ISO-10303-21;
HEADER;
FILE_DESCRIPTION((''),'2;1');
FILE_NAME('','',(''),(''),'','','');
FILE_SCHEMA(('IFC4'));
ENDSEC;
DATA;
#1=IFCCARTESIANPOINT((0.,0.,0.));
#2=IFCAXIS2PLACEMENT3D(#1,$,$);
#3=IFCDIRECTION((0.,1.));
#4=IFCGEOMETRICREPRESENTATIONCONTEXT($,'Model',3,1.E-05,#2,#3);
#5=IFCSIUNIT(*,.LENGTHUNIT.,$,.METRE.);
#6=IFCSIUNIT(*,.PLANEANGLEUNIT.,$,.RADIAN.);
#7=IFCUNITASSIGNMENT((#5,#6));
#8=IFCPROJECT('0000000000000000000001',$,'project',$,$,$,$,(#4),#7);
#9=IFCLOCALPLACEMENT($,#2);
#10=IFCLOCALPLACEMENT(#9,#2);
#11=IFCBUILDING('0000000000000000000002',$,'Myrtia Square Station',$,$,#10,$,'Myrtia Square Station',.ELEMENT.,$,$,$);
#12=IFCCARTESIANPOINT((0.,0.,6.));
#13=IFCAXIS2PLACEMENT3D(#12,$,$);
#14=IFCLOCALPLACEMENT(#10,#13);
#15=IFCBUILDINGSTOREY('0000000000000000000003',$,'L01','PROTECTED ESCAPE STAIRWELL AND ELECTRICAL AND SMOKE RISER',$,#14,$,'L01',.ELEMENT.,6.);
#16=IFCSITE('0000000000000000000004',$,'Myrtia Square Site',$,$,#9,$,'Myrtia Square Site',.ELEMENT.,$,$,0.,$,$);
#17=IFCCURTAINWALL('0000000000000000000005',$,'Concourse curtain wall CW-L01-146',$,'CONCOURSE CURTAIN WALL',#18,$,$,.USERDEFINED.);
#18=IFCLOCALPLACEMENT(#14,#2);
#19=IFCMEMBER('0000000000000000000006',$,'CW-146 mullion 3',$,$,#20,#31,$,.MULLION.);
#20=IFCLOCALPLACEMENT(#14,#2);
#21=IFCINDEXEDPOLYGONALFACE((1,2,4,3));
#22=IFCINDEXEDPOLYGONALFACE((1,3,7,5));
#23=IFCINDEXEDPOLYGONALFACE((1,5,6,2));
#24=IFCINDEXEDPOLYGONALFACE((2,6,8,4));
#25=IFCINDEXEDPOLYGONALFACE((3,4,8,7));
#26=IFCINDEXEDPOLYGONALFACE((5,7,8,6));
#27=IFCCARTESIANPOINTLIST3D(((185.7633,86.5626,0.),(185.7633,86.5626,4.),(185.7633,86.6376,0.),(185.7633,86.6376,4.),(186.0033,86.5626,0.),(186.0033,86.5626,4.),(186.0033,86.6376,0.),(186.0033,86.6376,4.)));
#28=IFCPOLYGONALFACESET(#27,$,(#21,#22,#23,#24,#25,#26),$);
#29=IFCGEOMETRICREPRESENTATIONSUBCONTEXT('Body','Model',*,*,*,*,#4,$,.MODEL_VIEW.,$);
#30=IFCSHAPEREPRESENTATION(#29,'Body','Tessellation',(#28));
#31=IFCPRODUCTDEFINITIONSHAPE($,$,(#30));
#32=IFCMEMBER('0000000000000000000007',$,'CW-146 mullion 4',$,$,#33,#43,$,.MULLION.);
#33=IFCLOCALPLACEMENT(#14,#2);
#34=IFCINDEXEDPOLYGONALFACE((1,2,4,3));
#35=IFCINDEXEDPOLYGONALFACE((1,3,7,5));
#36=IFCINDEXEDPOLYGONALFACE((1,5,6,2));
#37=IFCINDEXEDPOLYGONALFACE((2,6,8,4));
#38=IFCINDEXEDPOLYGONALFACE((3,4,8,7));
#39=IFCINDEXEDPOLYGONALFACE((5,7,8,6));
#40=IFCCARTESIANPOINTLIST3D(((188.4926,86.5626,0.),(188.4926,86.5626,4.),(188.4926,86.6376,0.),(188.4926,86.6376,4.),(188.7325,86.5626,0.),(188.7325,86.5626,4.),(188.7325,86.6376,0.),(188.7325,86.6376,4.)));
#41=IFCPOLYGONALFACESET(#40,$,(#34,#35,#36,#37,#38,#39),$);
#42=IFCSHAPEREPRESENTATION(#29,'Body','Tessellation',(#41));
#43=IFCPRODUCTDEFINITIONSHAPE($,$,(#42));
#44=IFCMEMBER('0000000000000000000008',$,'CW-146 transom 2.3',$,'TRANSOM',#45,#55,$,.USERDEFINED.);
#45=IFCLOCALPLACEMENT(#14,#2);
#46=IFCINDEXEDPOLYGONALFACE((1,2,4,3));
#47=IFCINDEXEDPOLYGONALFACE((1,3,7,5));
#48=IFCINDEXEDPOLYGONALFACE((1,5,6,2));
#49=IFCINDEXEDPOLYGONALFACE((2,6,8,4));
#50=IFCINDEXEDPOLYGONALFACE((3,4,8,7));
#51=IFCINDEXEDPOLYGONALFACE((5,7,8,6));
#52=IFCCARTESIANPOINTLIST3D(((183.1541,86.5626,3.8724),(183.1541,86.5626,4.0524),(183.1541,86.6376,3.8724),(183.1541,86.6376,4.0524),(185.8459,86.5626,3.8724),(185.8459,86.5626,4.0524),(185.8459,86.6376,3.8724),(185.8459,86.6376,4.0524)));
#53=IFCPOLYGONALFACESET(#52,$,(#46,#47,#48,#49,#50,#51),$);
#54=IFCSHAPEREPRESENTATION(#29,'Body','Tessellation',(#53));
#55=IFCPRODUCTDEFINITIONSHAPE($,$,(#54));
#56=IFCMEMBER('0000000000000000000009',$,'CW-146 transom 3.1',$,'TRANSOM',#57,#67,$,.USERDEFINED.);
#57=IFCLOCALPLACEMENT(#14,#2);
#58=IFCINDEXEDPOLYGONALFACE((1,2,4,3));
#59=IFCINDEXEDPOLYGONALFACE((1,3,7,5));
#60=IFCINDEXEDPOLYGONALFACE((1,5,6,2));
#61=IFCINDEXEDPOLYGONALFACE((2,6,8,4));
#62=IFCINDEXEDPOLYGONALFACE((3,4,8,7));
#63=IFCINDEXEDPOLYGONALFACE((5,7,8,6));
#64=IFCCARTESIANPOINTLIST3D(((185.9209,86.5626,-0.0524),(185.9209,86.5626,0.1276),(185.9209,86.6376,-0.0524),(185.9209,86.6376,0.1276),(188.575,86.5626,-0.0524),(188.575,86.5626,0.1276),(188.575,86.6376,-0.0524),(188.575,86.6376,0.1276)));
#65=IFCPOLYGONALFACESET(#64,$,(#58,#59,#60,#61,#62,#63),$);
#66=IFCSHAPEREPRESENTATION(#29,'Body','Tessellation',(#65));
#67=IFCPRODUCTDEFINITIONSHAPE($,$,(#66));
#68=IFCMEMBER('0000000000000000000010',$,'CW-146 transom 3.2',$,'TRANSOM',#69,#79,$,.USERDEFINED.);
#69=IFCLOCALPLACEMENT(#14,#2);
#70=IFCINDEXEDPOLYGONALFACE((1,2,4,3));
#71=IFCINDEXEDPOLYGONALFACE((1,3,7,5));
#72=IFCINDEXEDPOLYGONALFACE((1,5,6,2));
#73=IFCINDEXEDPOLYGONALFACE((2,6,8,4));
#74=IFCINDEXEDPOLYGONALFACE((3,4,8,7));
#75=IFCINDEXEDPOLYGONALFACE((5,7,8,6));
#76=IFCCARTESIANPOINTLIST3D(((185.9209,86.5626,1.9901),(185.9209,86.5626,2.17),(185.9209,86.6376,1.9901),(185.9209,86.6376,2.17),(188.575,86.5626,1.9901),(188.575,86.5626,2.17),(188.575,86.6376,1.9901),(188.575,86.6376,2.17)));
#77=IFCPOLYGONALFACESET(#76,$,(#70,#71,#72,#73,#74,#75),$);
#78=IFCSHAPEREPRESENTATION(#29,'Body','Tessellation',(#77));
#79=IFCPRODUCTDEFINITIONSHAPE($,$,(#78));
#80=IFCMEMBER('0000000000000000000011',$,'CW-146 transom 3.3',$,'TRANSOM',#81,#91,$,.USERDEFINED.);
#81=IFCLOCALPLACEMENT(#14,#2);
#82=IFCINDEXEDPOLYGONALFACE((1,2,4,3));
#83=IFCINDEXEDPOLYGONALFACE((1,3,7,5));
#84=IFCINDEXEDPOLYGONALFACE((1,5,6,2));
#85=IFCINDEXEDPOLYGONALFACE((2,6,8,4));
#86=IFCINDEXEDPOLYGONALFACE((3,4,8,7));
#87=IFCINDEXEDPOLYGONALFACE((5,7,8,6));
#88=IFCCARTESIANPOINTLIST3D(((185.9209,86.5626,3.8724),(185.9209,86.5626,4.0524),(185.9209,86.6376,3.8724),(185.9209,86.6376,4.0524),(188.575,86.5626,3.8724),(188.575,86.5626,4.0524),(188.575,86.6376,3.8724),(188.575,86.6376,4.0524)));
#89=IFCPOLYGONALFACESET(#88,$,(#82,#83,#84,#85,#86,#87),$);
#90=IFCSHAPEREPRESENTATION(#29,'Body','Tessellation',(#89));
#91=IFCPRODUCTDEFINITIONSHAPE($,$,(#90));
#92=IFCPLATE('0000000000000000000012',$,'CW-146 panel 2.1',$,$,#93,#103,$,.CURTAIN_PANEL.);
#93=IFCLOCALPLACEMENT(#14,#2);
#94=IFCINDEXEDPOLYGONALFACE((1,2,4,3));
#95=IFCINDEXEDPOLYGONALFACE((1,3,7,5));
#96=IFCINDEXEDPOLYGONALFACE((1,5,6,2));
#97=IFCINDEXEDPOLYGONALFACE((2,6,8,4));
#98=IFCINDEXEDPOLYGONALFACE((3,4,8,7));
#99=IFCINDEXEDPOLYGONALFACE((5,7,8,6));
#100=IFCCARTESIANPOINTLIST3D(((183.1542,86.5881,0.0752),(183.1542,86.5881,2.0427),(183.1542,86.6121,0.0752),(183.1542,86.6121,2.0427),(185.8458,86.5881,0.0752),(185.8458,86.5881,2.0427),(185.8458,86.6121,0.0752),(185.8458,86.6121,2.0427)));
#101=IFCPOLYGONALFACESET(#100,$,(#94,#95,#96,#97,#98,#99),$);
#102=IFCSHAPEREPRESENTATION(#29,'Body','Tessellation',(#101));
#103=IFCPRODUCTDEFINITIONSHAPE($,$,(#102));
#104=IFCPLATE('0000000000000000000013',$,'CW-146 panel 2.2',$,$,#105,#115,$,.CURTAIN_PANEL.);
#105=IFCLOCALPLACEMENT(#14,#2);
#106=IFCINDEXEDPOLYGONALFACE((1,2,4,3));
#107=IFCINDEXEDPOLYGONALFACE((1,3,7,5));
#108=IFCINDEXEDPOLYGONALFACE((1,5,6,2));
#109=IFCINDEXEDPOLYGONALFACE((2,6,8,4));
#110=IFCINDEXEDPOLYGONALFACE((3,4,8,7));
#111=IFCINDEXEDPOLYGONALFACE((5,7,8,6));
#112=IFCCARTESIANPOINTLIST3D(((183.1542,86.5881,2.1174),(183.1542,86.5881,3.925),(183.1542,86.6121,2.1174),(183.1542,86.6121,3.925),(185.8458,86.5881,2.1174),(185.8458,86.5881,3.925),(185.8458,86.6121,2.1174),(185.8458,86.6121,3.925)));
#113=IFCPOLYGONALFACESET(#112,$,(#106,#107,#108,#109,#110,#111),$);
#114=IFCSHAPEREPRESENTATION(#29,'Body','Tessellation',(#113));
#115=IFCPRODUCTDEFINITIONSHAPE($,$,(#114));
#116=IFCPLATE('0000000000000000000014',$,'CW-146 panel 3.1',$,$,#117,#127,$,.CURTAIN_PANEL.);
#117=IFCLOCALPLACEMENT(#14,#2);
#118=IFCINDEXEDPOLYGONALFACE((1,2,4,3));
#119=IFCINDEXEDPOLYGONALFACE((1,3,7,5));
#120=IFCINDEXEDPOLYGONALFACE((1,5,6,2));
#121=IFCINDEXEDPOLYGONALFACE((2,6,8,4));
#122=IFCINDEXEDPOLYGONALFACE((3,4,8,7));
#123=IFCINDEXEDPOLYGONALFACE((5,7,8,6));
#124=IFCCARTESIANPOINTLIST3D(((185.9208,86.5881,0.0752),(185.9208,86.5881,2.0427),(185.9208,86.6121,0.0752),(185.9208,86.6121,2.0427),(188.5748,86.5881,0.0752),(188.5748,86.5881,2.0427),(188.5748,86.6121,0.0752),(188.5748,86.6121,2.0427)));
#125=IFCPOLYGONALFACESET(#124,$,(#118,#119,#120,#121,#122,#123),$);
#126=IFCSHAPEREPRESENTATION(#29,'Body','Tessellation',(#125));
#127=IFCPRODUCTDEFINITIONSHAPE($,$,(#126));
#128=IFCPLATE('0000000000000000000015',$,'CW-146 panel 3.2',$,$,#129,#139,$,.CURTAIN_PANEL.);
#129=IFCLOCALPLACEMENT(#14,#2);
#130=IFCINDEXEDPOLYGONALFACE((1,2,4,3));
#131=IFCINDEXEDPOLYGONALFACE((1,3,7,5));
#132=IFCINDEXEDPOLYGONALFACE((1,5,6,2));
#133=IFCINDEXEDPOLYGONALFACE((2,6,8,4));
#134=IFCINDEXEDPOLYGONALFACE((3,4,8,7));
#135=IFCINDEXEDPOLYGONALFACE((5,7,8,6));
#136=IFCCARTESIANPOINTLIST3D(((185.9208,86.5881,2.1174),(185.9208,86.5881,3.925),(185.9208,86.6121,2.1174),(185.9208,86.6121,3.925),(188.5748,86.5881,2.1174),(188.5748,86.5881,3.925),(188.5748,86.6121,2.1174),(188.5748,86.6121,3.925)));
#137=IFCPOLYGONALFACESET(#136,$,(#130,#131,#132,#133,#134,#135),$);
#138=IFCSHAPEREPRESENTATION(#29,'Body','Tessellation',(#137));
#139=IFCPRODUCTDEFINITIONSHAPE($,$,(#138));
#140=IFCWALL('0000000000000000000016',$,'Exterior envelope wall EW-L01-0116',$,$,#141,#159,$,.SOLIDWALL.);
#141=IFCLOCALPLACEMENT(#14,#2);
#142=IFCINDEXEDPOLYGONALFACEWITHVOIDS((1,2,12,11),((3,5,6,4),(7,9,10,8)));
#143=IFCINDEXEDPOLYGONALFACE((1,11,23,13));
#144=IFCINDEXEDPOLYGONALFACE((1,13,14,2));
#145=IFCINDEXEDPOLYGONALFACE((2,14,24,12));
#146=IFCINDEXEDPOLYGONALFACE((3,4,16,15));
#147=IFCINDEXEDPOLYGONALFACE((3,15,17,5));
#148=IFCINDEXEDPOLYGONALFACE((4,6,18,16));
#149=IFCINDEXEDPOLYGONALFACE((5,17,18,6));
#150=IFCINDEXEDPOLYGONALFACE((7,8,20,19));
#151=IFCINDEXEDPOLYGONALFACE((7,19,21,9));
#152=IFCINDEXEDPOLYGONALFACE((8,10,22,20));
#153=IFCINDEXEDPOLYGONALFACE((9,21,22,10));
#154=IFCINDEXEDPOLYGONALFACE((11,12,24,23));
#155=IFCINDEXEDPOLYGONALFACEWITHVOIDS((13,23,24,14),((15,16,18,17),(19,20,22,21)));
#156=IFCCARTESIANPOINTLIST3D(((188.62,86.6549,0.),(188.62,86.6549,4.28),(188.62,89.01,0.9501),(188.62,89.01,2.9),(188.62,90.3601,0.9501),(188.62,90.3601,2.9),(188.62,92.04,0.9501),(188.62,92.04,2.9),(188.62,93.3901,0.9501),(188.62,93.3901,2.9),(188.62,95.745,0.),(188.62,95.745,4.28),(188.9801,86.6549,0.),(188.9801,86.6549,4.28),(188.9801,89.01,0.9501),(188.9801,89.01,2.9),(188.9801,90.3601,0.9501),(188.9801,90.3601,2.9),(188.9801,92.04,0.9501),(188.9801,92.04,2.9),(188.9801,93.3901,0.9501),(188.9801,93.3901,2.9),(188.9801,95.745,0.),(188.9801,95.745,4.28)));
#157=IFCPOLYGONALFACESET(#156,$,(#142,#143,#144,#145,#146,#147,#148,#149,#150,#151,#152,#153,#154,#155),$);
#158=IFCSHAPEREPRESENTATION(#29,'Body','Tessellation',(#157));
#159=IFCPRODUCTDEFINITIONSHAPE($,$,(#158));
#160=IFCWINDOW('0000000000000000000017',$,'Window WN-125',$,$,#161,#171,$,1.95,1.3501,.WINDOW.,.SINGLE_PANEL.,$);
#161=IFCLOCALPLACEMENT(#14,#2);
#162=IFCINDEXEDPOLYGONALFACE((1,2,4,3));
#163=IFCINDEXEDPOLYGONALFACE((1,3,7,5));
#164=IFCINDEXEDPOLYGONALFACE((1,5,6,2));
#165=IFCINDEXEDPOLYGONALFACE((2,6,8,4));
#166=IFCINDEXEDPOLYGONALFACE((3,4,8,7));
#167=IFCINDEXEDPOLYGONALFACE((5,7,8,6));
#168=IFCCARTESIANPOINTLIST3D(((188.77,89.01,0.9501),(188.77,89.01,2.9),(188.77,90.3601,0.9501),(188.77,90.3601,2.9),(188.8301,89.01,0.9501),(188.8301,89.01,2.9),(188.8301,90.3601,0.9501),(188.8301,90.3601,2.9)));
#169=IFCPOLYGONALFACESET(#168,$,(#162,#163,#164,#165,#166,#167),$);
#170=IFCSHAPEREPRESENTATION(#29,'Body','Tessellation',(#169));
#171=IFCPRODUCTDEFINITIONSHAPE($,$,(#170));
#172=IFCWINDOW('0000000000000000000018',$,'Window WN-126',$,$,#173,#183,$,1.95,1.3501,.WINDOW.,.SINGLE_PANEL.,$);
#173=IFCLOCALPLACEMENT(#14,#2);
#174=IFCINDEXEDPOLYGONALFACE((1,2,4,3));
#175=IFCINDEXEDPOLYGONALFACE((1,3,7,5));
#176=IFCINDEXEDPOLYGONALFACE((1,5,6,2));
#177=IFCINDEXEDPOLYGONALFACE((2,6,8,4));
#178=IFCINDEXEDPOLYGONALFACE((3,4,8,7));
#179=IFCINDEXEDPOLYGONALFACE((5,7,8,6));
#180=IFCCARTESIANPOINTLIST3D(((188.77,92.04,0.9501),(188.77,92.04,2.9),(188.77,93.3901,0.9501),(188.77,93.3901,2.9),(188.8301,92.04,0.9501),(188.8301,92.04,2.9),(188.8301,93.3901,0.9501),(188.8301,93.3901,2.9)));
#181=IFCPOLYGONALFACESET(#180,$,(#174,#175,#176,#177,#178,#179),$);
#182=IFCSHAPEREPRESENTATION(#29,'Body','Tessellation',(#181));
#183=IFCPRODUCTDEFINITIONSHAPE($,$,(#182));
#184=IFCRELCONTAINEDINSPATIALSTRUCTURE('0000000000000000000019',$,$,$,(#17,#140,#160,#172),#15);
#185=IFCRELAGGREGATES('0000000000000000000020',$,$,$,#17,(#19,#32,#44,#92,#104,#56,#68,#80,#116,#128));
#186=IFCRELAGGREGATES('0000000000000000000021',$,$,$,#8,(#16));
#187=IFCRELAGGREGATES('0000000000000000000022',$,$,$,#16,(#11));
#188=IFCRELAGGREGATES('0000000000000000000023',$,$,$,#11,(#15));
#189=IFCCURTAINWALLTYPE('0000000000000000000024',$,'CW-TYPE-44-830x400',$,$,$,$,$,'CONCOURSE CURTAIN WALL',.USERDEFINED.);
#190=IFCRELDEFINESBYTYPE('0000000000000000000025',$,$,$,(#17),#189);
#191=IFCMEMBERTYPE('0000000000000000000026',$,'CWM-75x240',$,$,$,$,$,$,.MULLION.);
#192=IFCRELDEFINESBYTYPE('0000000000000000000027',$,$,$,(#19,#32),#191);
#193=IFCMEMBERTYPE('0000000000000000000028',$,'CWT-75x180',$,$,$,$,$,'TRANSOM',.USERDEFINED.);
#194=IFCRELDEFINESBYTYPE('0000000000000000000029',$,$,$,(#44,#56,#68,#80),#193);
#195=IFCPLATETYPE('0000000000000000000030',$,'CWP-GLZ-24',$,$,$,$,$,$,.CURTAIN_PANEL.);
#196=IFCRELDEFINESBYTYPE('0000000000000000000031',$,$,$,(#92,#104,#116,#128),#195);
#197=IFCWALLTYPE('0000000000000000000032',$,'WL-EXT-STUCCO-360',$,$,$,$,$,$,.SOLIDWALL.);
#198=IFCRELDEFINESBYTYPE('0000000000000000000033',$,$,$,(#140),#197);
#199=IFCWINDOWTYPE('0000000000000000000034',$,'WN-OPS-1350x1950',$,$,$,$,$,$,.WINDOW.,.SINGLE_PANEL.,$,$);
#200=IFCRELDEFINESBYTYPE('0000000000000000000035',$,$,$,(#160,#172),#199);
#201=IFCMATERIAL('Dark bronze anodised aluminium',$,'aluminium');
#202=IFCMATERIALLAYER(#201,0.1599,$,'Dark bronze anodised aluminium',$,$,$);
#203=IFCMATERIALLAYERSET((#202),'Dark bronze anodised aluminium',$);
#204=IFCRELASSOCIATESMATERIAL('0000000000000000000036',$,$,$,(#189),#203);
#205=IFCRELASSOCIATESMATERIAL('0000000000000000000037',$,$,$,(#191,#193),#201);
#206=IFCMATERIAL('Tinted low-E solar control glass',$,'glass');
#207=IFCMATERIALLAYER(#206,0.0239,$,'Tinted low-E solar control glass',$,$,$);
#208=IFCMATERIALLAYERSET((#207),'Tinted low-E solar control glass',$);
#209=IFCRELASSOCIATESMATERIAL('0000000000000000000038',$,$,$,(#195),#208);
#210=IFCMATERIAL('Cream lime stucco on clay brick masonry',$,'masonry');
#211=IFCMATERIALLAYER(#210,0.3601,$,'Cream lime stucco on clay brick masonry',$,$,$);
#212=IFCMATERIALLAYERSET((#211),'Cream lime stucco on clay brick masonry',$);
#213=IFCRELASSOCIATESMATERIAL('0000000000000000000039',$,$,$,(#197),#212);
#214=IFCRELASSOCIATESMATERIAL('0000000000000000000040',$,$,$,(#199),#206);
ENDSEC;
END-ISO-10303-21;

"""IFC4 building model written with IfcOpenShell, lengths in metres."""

from ifc_helpers import new_model, si_unit, direction, frame, frame_2d, origin, origin_2d, place, context, subcontext, project, spatial, rectangle, extrude, material, layer, layer_set, material_profile, profile_set, type_object, element, fill, aggregate, save


model = new_model("IFC4")

# Units and contexts
model_context = context("Model", 3, precision=1e-05, world=origin(), true_north=direction((0.0, 1.0)))
body_context = subcontext(model_context, "Body", "Model", "MODEL_VIEW")
ifc_project = project(units=[si_unit("LENGTHUNIT", "METRE"), si_unit("PLANEANGLEUNIT", "RADIAN")], contexts=[model_context])

# Site, building, storey
site_placement = place(None, origin())
site = spatial("IfcSite", under=ifc_project, at=site_placement, Name="Myrtia Square Site", LongName="Myrtia Square Site", CompositionType="ELEMENT", RefElevation=0.0)
building_placement = place(site_placement, origin())
building = spatial("IfcBuilding", under=site, at=building_placement, Name="Myrtia Square Station", LongName="Myrtia Square Station", CompositionType="ELEMENT")
storey_placement = place(building_placement, frame((0.0, 0.0, 6.0)))
storey = spatial("IfcBuildingStorey", under=building, at=storey_placement, Name="L01", Description="PROTECTED ESCAPE STAIRWELL AND ELECTRICAL AND SMOKE RISER", LongName="L01", CompositionType="ELEMENT", Elevation=6.0)

# Curtain wall, members, plates
ifc_material_1 = material(Name="Dark bronze anodised aluminium", Category="aluminium")
ifc_layer_1 = layer(ifc_material_1, 0.1599, Name="Dark bronze anodised aluminium")
ifc_layer_set_1 = layer_set([ifc_layer_1], Name="Dark bronze anodised aluminium")
curtain_wall_type = type_object("IfcCurtainWallType", Name="CW-TYPE-44-830x400", ElementType="CONCOURSE CURTAIN WALL", PredefinedType="USERDEFINED", material=ifc_layer_set_1)
curtain_wall_placement = place(storey_placement, origin())
curtain_wall = element("IfcCurtainWall", 1, at=curtain_wall_placement, inside=storey, type_object=curtain_wall_type, Name="Concourse curtain wall CW-L01-146", ObjectType="CONCOURSE CURTAIN WALL", PredefinedType="USERDEFINED")
ifc_material_profile_1 = material_profile(ifc_material_1, rectangle(XDim=0.075, YDim=0.24, at=origin_2d()), Name="ALU-M 75x240")
ifc_profile_set_1 = profile_set([ifc_material_profile_1], Name="Dark bronze anodised aluminium")
member_type_1 = type_object("IfcMemberType", Name="CWM-75x240", PredefinedType="MULLION", material=ifc_profile_set_1)
member_1_placement = place(storey_placement, frame((185.8833, 86.6001, 0.0), z_axis=(0.0, 0.0, 1.0), x_axis=(0.0, 1.0, 0.0)))
member_1 = element("IfcMember", 2, at=member_1_placement, type_object=member_type_1, Name="CW-146 mullion 3", PredefinedType="MULLION", context=body_context, shape_type="SweptSolid", body=[
    extrude(rectangle(XDim=0.075, YDim=0.24, at=origin_2d()), origin(), (0.0, 0.0, 1.0), 4.0),
])
member_2_placement = place(storey_placement, frame((188.6125, 86.6001, 0.0), z_axis=(0.0, 0.0, 1.0), x_axis=(0.0, 1.0, 0.0)))
member_2 = element("IfcMember", 3, at=member_2_placement, type_object=member_type_1, Name="CW-146 mullion 4", PredefinedType="MULLION", context=body_context, shape_type="SweptSolid", body=[
    extrude(rectangle(XDim=0.075, YDim=0.24, at=origin_2d()), origin(), (0.0, 0.0, 1.0), 4.0),
])
ifc_material_profile_2 = material_profile(ifc_material_1, rectangle(XDim=0.075, YDim=0.1799, at=origin_2d()), Name="ALU-T 75x180")
ifc_profile_set_2 = profile_set([ifc_material_profile_2], Name="Dark bronze anodised aluminium")
member_type_2 = type_object("IfcMemberType", Name="CWT-75x180", ElementType="TRANSOM", PredefinedType="USERDEFINED", material=ifc_profile_set_2)
member_3_placement = place(storey_placement, frame((183.1541, 86.6001, 3.9624), z_axis=(1.0, 0.0, 0.0), x_axis=(0.0, 1.0, 0.0)))
member_3 = element("IfcMember", 4, at=member_3_placement, type_object=member_type_2, Name="CW-146 transom 2.3", ObjectType="TRANSOM", PredefinedType="USERDEFINED", context=body_context, shape_type="SweptSolid", body=[
    extrude(rectangle(XDim=0.075, YDim=0.1799, at=origin_2d()), origin(), (0.0, 0.0, 1.0), 2.6919),
])
member_4_placement = place(storey_placement, frame((185.9209, 86.6001, 0.0376), z_axis=(1.0, 0.0, 0.0), x_axis=(0.0, 1.0, 0.0)))
member_4 = element("IfcMember", 5, at=member_4_placement, type_object=member_type_2, Name="CW-146 transom 3.1", ObjectType="TRANSOM", PredefinedType="USERDEFINED", context=body_context, shape_type="SweptSolid", body=[
    extrude(rectangle(XDim=0.075, YDim=0.1799, at=origin_2d()), origin(), (0.0, 0.0, 1.0), 2.6541),
])
member_5_placement = place(storey_placement, frame((185.9209, 86.6001, 2.0801), z_axis=(1.0, 0.0, 0.0), x_axis=(0.0, 1.0, 0.0)))
member_5 = element("IfcMember", 6, at=member_5_placement, type_object=member_type_2, Name="CW-146 transom 3.2", ObjectType="TRANSOM", PredefinedType="USERDEFINED", context=body_context, shape_type="SweptSolid", body=[
    extrude(rectangle(XDim=0.075, YDim=0.1799, at=origin_2d()), origin(), (0.0, 0.0, 1.0), 2.6541),
])
member_6_placement = place(storey_placement, frame((185.9209, 86.6001, 3.9624), z_axis=(1.0, 0.0, 0.0), x_axis=(0.0, 1.0, 0.0)))
member_6 = element("IfcMember", 7, at=member_6_placement, type_object=member_type_2, Name="CW-146 transom 3.3", ObjectType="TRANSOM", PredefinedType="USERDEFINED", context=body_context, shape_type="SweptSolid", body=[
    extrude(rectangle(XDim=0.075, YDim=0.1799, at=origin_2d()), origin(), (0.0, 0.0, 1.0), 2.6541),
])
ifc_material_2 = material(Name="Tinted low-E solar control glass", Category="glass")
ifc_layer_2 = layer(ifc_material_2, 0.0239, Name="Tinted low-E solar control glass")
ifc_layer_set_2 = layer_set([ifc_layer_2], Name="Tinted low-E solar control glass")
plate_type = type_object("IfcPlateType", Name="CWP-GLZ-24", PredefinedType="CURTAIN_PANEL", material=ifc_layer_set_2)
plate_1_placement = place(storey_placement, frame((184.5, 86.6001, 0.0752), z_axis=(0.0, 0.0, 1.0), x_axis=(1.0, 0.0, 0.0)))
plate_1 = element("IfcPlate", 8, at=plate_1_placement, type_object=plate_type, Name="CW-146 panel 2.1", PredefinedType="CURTAIN_PANEL", context=body_context, shape_type="SweptSolid", body=[
    extrude(rectangle(XDim=2.6917, YDim=0.0239, at=origin_2d()), origin(), (0.0, 0.0, 1.0), 1.9675),
])
plate_2_placement = place(storey_placement, frame((184.5, 86.6001, 2.1174), z_axis=(0.0, 0.0, 1.0), x_axis=(1.0, 0.0, 0.0)))
plate_2 = element("IfcPlate", 9, at=plate_2_placement, type_object=plate_type, Name="CW-146 panel 2.2", PredefinedType="CURTAIN_PANEL", context=body_context, shape_type="SweptSolid", body=[
    extrude(rectangle(XDim=2.6917, YDim=0.0239, at=origin_2d()), origin(), (0.0, 0.0, 1.0), 1.8076),
])
plate_3_placement = place(storey_placement, frame((187.2478, 86.6001, 0.0752), z_axis=(0.0, 0.0, 1.0), x_axis=(1.0, 0.0, 0.0)))
plate_3 = element("IfcPlate", 10, at=plate_3_placement, type_object=plate_type, Name="CW-146 panel 3.1", PredefinedType="CURTAIN_PANEL", context=body_context, shape_type="SweptSolid", body=[
    extrude(rectangle(XDim=2.6541, YDim=0.0239, at=origin_2d()), origin(), (0.0, 0.0, 1.0), 1.9675),
])
plate_4_placement = place(storey_placement, frame((187.2478, 86.6001, 2.1174), z_axis=(0.0, 0.0, 1.0), x_axis=(1.0, 0.0, 0.0)))
plate_4 = element("IfcPlate", 11, at=plate_4_placement, type_object=plate_type, Name="CW-146 panel 3.2", PredefinedType="CURTAIN_PANEL", context=body_context, shape_type="SweptSolid", body=[
    extrude(rectangle(XDim=2.6541, YDim=0.0239, at=origin_2d()), origin(), (0.0, 0.0, 1.0), 1.8076),
])
aggregate(curtain_wall, [member_1, member_2, member_3, plate_1, plate_2, member_4, member_5, member_6, plate_3, plate_4])

# Wall, openings, windows
ifc_material_3 = material(Name="Cream lime stucco on clay brick masonry", Category="masonry")
ifc_layer_3 = layer(ifc_material_3, 0.3601, Name="Cream lime stucco on clay brick masonry")
ifc_layer_set_3 = layer_set([ifc_layer_3], Name="Cream lime stucco on clay brick masonry")
wall_type_1 = type_object("IfcWallType", Name="WL-EXT-STUCCO-360", PredefinedType="SOLIDWALL", material=ifc_layer_set_3)
wall_1_placement = place(storey_placement, frame((188.8, 86.655, 0.0), z_axis=(0.0, 0.0, 1.0), x_axis=(0.0, 1.0, 0.0)))
wall_1 = element("IfcWall", 12, at=wall_1_placement, inside=storey, type_object=wall_type_1, Name="Exterior envelope wall EW-L01-0116", PredefinedType="SOLIDWALL", context=body_context, shape_type="SweptSolid", body=[
    extrude(rectangle(XDim=9.0901, YDim=0.3601, at=frame_2d((4.5449, 0.0))), origin(), (0.0, 0.0, 1.0), 4.28),
])
opening_1_placement = place(wall_1_placement, frame((2.355, 0.0, 0.95)))
opening_1 = element("IfcOpeningElement", 13, at=opening_1_placement, cuts=wall_1, PredefinedType="OPENING", context=body_context, shape_type="SweptSolid", body=[
    extrude(rectangle(XDim=1.3501, YDim=1.95, at=frame_2d((0.675, 0.9751))), frame((0.0, 0.1951, 0.0), z_axis=(0.0, -1.0, 0.0), x_axis=(1.0, 0.0, 0.0)), (0.0, 0.0, 1.0), 0.3901),
])
opening_2_placement = place(wall_1_placement, frame((5.385, 0.0, 0.95)))
opening_2 = element("IfcOpeningElement", 14, at=opening_2_placement, cuts=wall_1, PredefinedType="OPENING", context=body_context, shape_type="SweptSolid", body=[
    extrude(rectangle(XDim=1.3501, YDim=1.95, at=frame_2d((0.675, 0.9751))), frame((0.0, 0.1951, 0.0), z_axis=(0.0, -1.0, 0.0), x_axis=(1.0, 0.0, 0.0)), (0.0, 0.0, 1.0), 0.3901),
])
window_type = type_object("IfcWindowType", Name="WN-OPS-1350x1950", PartitioningType="SINGLE_PANEL", PredefinedType="WINDOW", material=ifc_material_2)
window_1_placement = place(opening_1_placement, origin())
window_1 = element("IfcWindow", 15, at=window_1_placement, inside=storey, type_object=window_type, Name="Window WN-125", OverallHeight=1.95, OverallWidth=1.3501, PartitioningType="SINGLE_PANEL", PredefinedType="WINDOW", context=body_context, shape_type="SweptSolid", body=[
    extrude(rectangle(XDim=1.3501, YDim=1.95, at=frame_2d((0.675, 0.9751))), frame((0.0, 0.03, 0.0), z_axis=(0.0, -1.0, 0.0), x_axis=(1.0, 0.0, 0.0)), (0.0, 0.0, 1.0), 0.0601),
])
fill(opening_1, window_1)
window_2_placement = place(opening_2_placement, origin())
window_2 = element("IfcWindow", 16, at=window_2_placement, inside=storey, type_object=window_type, Name="Window WN-126", OverallHeight=1.95, OverallWidth=1.3501, PartitioningType="SINGLE_PANEL", PredefinedType="WINDOW", context=body_context, shape_type="SweptSolid", body=[
    extrude(rectangle(XDim=1.3501, YDim=1.95, at=frame_2d((0.675, 0.9751))), frame((0.0, 0.03, 0.0), z_axis=(0.0, -1.0, 0.0), x_axis=(1.0, 0.0, 0.0)), (0.0, 0.0, 1.0), 0.0601),
])
fill(opening_2, window_2)

save(model, "model.ifc")
